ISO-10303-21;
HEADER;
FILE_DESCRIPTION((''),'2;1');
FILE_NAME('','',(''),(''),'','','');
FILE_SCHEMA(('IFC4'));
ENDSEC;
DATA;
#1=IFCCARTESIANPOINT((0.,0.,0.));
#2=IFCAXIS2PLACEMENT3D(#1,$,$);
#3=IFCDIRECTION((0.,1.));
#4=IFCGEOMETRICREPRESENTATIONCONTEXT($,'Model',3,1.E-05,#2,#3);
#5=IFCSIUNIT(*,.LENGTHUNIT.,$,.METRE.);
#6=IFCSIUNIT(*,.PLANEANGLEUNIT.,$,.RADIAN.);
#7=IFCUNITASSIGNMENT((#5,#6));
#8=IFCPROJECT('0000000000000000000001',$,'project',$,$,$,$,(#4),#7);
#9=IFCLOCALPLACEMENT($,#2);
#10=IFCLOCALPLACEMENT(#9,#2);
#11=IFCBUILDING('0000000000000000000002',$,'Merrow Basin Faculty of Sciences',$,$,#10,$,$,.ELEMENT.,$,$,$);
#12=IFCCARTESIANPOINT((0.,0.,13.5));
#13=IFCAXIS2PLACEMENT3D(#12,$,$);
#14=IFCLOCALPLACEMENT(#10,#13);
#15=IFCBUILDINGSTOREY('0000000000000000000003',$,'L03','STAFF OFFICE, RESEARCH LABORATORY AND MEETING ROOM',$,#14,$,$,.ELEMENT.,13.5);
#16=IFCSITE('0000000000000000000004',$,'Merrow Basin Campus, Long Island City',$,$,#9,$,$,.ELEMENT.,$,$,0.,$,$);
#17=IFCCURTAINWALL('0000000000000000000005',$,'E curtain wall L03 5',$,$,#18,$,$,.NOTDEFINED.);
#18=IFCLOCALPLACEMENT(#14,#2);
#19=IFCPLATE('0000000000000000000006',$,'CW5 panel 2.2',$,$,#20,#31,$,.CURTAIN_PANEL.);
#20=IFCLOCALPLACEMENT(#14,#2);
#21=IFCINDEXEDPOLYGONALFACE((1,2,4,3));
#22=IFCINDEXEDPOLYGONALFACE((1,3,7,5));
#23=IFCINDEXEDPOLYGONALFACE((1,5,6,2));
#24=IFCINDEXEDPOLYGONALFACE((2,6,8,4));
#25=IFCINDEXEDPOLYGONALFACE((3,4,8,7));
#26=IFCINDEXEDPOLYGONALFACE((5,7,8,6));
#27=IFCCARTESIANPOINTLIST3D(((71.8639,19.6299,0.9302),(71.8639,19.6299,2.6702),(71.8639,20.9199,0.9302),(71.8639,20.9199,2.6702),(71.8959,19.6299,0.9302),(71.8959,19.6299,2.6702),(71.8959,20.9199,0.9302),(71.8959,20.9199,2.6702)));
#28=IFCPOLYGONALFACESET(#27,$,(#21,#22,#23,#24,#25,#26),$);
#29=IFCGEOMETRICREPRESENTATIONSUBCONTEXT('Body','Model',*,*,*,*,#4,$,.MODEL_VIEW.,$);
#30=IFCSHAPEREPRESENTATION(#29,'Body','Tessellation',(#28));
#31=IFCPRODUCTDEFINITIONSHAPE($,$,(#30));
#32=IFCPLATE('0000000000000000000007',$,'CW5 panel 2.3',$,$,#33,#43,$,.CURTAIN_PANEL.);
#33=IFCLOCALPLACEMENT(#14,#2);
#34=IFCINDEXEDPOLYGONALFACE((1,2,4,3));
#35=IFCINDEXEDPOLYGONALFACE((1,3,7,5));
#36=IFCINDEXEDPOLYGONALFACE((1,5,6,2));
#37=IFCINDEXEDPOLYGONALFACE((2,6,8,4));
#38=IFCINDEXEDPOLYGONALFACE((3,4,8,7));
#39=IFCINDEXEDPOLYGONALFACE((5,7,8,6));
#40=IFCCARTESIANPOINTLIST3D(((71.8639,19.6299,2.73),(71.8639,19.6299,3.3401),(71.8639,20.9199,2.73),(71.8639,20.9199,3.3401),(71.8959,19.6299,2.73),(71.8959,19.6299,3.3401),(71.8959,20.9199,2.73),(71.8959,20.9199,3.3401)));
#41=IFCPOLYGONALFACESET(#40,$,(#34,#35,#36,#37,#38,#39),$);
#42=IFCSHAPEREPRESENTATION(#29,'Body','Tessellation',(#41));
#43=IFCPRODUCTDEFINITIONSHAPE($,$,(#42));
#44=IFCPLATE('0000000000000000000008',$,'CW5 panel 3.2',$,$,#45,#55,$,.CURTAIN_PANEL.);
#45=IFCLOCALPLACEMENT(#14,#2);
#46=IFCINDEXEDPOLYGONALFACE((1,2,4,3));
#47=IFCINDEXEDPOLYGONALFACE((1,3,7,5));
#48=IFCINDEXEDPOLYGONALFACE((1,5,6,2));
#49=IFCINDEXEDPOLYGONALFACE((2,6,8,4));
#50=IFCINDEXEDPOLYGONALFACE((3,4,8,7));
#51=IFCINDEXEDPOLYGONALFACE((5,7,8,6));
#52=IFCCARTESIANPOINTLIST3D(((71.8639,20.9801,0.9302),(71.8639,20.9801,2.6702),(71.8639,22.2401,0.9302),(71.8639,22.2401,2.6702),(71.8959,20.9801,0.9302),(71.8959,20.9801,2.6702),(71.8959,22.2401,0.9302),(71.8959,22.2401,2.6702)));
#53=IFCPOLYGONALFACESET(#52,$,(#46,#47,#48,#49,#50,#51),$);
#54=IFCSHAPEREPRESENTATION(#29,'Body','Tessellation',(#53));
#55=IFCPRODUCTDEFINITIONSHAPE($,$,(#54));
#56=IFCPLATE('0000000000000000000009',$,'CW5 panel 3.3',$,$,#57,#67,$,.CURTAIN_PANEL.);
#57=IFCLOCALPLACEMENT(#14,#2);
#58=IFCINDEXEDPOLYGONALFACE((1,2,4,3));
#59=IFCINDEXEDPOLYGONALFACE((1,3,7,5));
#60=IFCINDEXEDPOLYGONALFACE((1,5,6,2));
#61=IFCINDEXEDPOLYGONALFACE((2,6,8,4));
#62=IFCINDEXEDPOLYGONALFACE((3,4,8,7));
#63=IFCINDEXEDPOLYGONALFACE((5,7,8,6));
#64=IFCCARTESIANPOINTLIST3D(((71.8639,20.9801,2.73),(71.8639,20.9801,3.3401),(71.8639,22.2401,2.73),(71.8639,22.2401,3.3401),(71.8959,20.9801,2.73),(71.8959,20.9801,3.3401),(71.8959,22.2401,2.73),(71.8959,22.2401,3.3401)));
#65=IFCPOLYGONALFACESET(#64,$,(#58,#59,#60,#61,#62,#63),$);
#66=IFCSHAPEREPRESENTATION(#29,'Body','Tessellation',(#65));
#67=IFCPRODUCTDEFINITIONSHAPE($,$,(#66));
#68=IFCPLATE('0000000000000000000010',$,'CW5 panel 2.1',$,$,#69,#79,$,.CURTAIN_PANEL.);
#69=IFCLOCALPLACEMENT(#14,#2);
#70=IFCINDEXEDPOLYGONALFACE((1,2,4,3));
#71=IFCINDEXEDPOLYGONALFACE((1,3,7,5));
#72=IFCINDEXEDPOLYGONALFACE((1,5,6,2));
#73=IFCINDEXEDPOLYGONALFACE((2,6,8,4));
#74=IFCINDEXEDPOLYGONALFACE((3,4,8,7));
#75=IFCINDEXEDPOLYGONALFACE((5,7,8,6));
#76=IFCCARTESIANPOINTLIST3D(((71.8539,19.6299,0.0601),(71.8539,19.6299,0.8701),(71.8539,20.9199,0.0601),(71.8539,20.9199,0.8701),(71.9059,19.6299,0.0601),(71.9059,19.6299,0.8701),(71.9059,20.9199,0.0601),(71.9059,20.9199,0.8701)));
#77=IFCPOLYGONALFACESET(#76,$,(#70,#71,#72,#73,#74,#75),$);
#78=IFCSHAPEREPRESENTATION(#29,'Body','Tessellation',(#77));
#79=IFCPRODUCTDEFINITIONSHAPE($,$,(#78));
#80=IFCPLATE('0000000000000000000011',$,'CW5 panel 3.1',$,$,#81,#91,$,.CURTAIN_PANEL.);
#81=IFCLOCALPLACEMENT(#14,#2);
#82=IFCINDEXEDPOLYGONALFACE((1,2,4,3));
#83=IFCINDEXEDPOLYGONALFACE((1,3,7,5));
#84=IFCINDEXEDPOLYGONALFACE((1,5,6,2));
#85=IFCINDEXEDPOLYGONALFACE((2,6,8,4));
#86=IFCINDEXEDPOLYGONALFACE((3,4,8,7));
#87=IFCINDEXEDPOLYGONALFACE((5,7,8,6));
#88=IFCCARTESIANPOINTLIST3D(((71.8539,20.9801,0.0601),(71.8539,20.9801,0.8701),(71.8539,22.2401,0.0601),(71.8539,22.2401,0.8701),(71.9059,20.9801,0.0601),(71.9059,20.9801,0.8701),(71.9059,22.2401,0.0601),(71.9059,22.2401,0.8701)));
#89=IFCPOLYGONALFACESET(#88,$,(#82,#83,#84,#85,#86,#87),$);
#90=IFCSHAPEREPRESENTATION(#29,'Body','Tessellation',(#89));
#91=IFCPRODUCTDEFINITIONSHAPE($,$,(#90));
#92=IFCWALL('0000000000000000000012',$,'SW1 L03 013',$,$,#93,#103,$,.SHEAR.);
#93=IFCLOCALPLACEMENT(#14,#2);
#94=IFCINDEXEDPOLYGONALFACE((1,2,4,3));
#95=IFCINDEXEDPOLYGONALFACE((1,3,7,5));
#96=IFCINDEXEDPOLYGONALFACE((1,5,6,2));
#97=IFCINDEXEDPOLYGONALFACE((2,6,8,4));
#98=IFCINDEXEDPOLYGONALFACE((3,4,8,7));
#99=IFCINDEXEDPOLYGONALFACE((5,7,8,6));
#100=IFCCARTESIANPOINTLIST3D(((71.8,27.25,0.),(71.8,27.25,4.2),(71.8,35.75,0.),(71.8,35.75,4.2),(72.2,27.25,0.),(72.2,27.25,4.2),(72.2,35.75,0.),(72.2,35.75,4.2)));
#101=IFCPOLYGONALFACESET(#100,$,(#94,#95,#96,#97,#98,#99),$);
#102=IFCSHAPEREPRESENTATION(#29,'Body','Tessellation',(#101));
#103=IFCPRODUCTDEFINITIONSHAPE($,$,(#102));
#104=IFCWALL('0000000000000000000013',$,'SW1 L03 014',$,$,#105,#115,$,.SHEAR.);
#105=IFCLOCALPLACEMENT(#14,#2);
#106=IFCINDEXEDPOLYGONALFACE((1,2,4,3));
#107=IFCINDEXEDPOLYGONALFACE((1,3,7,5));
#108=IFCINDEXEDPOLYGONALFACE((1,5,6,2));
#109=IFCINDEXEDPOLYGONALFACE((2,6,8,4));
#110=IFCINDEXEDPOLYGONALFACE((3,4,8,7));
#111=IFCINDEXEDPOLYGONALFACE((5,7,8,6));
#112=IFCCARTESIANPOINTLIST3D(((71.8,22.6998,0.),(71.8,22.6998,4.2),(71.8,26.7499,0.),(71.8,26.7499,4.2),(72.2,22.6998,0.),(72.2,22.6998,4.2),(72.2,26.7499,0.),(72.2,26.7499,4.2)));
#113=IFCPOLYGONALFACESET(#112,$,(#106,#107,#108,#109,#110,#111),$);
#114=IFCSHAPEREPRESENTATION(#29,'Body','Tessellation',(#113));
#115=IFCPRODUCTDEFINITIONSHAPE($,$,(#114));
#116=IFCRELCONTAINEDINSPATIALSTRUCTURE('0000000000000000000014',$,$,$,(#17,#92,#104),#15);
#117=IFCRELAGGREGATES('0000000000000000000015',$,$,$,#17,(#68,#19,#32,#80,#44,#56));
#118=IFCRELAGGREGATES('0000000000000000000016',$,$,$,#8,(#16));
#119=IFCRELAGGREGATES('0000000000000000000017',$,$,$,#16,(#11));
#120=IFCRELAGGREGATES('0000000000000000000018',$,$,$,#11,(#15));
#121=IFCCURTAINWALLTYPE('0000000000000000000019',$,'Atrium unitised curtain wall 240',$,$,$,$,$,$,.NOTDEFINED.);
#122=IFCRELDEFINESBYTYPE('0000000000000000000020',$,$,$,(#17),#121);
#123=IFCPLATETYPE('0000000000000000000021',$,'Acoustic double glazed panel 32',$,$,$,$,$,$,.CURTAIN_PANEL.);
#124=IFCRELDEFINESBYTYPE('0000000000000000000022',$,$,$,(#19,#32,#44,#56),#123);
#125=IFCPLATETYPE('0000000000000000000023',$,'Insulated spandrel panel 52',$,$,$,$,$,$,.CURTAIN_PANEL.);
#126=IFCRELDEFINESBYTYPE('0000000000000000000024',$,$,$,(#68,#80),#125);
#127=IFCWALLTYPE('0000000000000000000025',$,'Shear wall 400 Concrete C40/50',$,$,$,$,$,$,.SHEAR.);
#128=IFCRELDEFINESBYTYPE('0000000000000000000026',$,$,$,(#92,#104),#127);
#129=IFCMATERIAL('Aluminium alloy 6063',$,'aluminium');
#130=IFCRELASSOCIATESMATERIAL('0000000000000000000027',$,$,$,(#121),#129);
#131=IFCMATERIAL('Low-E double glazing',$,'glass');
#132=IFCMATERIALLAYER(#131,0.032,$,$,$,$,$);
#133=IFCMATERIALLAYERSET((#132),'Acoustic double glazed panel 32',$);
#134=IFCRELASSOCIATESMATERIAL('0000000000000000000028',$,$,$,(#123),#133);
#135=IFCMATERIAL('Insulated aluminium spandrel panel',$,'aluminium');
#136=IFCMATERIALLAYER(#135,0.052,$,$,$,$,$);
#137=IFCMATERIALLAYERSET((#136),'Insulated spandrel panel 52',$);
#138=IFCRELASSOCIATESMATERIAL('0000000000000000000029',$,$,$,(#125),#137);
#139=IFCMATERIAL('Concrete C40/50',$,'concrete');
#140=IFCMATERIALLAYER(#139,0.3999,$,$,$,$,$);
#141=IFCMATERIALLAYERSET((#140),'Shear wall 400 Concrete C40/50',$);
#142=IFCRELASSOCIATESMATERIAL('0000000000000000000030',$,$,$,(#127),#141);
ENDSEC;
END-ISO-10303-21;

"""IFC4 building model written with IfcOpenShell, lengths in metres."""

from ifc_helpers import new_model, si_unit, direction, frame, frame_2d, origin, origin_2d, place, context, subcontext, project, spatial, rectangle, extrude, material, layer, layer_set, type_object, element, aggregate, save


model = new_model("IFC4")

# Units and contexts
model_context = context("Model", 3, precision=1e-05, world=origin(), true_north=direction((0.0, 1.0)))
body_context = subcontext(model_context, "Body", "Model", "MODEL_VIEW")
ifc_project = project(units=[si_unit("LENGTHUNIT", "METRE"), si_unit("PLANEANGLEUNIT", "RADIAN")], contexts=[model_context])

# Site, building, storey
site_placement = place(None, origin())
site = spatial("IfcSite", under=ifc_project, at=site_placement, Name="Merrow Basin Campus, Long Island City", CompositionType="ELEMENT", RefElevation=0.0)
building_placement = place(site_placement, origin())
building = spatial("IfcBuilding", under=site, at=building_placement, Name="Merrow Basin Faculty of Sciences", CompositionType="ELEMENT")
storey_placement = place(building_placement, frame((0.0, 0.0, 13.5)))
storey = spatial("IfcBuildingStorey", under=building, at=storey_placement, Name="L03", Description="STAFF OFFICE, RESEARCH LABORATORY AND MEETING ROOM", CompositionType="ELEMENT", Elevation=13.5)

# Curtain wall, plates
ifc_material_1 = material(Name="Aluminium alloy 6063", Category="aluminium")
curtain_wall_type = type_object("IfcCurtainWallType", Name="Atrium unitised curtain wall 240", PredefinedType="NOTDEFINED", material=ifc_material_1)
curtain_wall_placement = place(storey_placement, origin())
curtain_wall = element("IfcCurtainWall", 1, at=curtain_wall_placement, inside=storey, type_object=curtain_wall_type, Name="E curtain wall L03 5", PredefinedType="NOTDEFINED")
ifc_material_2 = material(Name="Low-E double glazing", Category="glass")
ifc_layer_1 = layer(ifc_material_2, 0.032)
ifc_layer_set_1 = layer_set([ifc_layer_1], Name="Acoustic double glazed panel 32")
plate_type_1 = type_object("IfcPlateType", Name="Acoustic double glazed panel 32", PredefinedType="CURTAIN_PANEL", material=ifc_layer_set_1)
plate_1_placement = place(storey_placement, frame((71.8799, 20.2749, 0.9302), z_axis=(0.0, 0.0, 1.0), x_axis=(0.0, 1.0, 0.0)))
plate_1 = element("IfcPlate", 2, at=plate_1_placement, type_object=plate_type_1, Name="CW5 panel 2.2", PredefinedType="CURTAIN_PANEL", context=body_context, shape_type="SweptSolid", body=[
    extrude(rectangle(XDim=1.29, YDim=0.032, at=origin_2d()), origin(), (0.0, 0.0, 1.0), 1.74),
])
plate_2_placement = place(storey_placement, frame((71.8799, 20.2749, 2.73), z_axis=(0.0, 0.0, 1.0), x_axis=(0.0, 1.0, 0.0)))
plate_2 = element("IfcPlate", 3, at=plate_2_placement, type_object=plate_type_1, Name="CW5 panel 2.3", PredefinedType="CURTAIN_PANEL", context=body_context, shape_type="SweptSolid", body=[
    extrude(rectangle(XDim=1.29, YDim=0.032, at=origin_2d()), origin(), (0.0, 0.0, 1.0), 0.6101),
])
plate_3_placement = place(storey_placement, frame((71.8799, 21.6101, 0.9302), z_axis=(0.0, 0.0, 1.0), x_axis=(0.0, 1.0, 0.0)))
plate_3 = element("IfcPlate", 4, at=plate_3_placement, type_object=plate_type_1, Name="CW5 panel 3.2", PredefinedType="CURTAIN_PANEL", context=body_context, shape_type="SweptSolid", body=[
    extrude(rectangle(XDim=1.26, YDim=0.032, at=origin_2d()), origin(), (0.0, 0.0, 1.0), 1.74),
])
plate_4_placement = place(storey_placement, frame((71.8799, 21.6101, 2.73), z_axis=(0.0, 0.0, 1.0), x_axis=(0.0, 1.0, 0.0)))
plate_4 = element("IfcPlate", 5, at=plate_4_placement, type_object=plate_type_1, Name="CW5 panel 3.3", PredefinedType="CURTAIN_PANEL", context=body_context, shape_type="SweptSolid", body=[
    extrude(rectangle(XDim=1.26, YDim=0.032, at=origin_2d()), origin(), (0.0, 0.0, 1.0), 0.6101),
])
ifc_material_3 = material(Name="Insulated aluminium spandrel panel", Category="aluminium")
ifc_layer_2 = layer(ifc_material_3, 0.052)
ifc_layer_set_2 = layer_set([ifc_layer_2], Name="Insulated spandrel panel 52")
plate_type_2 = type_object("IfcPlateType", Name="Insulated spandrel panel 52", PredefinedType="CURTAIN_PANEL", material=ifc_layer_set_2)
plate_5_placement = place(storey_placement, frame((71.8799, 20.2749, 0.0601), z_axis=(0.0, 0.0, 1.0), x_axis=(0.0, 1.0, 0.0)))
plate_5 = element("IfcPlate", 6, at=plate_5_placement, type_object=plate_type_2, Name="CW5 panel 2.1", PredefinedType="CURTAIN_PANEL", context=body_context, shape_type="SweptSolid", body=[
    extrude(rectangle(XDim=1.29, YDim=0.052, at=origin_2d()), origin(), (0.0, 0.0, 1.0), 0.8101),
])
plate_6_placement = place(storey_placement, frame((71.8799, 21.6101, 0.0601), z_axis=(0.0, 0.0, 1.0), x_axis=(0.0, 1.0, 0.0)))
plate_6 = element("IfcPlate", 7, at=plate_6_placement, type_object=plate_type_2, Name="CW5 panel 3.1", PredefinedType="CURTAIN_PANEL", context=body_context, shape_type="SweptSolid", body=[
    extrude(rectangle(XDim=1.26, YDim=0.052, at=origin_2d()), origin(), (0.0, 0.0, 1.0), 0.8101),
])
aggregate(curtain_wall, [plate_5, plate_1, plate_2, plate_6, plate_3, plate_4])

# Walls
ifc_material_4 = material(Name="Concrete C40/50", Category="concrete")
ifc_layer_3 = layer(ifc_material_4, 0.3999)
ifc_layer_set_3 = layer_set([ifc_layer_3], Name="Shear wall 400 Concrete C40/50")
wall_type = type_object("IfcWallType", Name="Shear wall 400 Concrete C40/50", PredefinedType="SHEAR", material=ifc_layer_set_3)
wall_1_placement = place(storey_placement, frame((72.0, 27.25, 0.0), z_axis=(0.0, 0.0, 1.0), x_axis=(0.0, 1.0, 0.0)))
element("IfcWall", 8, at=wall_1_placement, inside=storey, type_object=wall_type, Name="SW1 L03 013", PredefinedType="SHEAR", context=body_context, shape_type="SweptSolid", body=[
    extrude(rectangle(XDim=8.5, YDim=0.3999, at=frame_2d((4.25, 0.0))), origin(), (0.0, 0.0, 1.0), 4.2),
])
wall_2_placement = place(storey_placement, frame((72.0, 22.7, 0.0), z_axis=(0.0, 0.0, 1.0), x_axis=(0.0, 1.0, 0.0)))
element("IfcWall", 9, at=wall_2_placement, inside=storey, type_object=wall_type, Name="SW1 L03 014", PredefinedType="SHEAR", context=body_context, shape_type="SweptSolid", body=[
    extrude(rectangle(XDim=4.05, YDim=0.3999, at=frame_2d((2.0249, 0.0))), origin(), (0.0, 0.0, 1.0), 4.2),
])

save(model, "model.ifc")
